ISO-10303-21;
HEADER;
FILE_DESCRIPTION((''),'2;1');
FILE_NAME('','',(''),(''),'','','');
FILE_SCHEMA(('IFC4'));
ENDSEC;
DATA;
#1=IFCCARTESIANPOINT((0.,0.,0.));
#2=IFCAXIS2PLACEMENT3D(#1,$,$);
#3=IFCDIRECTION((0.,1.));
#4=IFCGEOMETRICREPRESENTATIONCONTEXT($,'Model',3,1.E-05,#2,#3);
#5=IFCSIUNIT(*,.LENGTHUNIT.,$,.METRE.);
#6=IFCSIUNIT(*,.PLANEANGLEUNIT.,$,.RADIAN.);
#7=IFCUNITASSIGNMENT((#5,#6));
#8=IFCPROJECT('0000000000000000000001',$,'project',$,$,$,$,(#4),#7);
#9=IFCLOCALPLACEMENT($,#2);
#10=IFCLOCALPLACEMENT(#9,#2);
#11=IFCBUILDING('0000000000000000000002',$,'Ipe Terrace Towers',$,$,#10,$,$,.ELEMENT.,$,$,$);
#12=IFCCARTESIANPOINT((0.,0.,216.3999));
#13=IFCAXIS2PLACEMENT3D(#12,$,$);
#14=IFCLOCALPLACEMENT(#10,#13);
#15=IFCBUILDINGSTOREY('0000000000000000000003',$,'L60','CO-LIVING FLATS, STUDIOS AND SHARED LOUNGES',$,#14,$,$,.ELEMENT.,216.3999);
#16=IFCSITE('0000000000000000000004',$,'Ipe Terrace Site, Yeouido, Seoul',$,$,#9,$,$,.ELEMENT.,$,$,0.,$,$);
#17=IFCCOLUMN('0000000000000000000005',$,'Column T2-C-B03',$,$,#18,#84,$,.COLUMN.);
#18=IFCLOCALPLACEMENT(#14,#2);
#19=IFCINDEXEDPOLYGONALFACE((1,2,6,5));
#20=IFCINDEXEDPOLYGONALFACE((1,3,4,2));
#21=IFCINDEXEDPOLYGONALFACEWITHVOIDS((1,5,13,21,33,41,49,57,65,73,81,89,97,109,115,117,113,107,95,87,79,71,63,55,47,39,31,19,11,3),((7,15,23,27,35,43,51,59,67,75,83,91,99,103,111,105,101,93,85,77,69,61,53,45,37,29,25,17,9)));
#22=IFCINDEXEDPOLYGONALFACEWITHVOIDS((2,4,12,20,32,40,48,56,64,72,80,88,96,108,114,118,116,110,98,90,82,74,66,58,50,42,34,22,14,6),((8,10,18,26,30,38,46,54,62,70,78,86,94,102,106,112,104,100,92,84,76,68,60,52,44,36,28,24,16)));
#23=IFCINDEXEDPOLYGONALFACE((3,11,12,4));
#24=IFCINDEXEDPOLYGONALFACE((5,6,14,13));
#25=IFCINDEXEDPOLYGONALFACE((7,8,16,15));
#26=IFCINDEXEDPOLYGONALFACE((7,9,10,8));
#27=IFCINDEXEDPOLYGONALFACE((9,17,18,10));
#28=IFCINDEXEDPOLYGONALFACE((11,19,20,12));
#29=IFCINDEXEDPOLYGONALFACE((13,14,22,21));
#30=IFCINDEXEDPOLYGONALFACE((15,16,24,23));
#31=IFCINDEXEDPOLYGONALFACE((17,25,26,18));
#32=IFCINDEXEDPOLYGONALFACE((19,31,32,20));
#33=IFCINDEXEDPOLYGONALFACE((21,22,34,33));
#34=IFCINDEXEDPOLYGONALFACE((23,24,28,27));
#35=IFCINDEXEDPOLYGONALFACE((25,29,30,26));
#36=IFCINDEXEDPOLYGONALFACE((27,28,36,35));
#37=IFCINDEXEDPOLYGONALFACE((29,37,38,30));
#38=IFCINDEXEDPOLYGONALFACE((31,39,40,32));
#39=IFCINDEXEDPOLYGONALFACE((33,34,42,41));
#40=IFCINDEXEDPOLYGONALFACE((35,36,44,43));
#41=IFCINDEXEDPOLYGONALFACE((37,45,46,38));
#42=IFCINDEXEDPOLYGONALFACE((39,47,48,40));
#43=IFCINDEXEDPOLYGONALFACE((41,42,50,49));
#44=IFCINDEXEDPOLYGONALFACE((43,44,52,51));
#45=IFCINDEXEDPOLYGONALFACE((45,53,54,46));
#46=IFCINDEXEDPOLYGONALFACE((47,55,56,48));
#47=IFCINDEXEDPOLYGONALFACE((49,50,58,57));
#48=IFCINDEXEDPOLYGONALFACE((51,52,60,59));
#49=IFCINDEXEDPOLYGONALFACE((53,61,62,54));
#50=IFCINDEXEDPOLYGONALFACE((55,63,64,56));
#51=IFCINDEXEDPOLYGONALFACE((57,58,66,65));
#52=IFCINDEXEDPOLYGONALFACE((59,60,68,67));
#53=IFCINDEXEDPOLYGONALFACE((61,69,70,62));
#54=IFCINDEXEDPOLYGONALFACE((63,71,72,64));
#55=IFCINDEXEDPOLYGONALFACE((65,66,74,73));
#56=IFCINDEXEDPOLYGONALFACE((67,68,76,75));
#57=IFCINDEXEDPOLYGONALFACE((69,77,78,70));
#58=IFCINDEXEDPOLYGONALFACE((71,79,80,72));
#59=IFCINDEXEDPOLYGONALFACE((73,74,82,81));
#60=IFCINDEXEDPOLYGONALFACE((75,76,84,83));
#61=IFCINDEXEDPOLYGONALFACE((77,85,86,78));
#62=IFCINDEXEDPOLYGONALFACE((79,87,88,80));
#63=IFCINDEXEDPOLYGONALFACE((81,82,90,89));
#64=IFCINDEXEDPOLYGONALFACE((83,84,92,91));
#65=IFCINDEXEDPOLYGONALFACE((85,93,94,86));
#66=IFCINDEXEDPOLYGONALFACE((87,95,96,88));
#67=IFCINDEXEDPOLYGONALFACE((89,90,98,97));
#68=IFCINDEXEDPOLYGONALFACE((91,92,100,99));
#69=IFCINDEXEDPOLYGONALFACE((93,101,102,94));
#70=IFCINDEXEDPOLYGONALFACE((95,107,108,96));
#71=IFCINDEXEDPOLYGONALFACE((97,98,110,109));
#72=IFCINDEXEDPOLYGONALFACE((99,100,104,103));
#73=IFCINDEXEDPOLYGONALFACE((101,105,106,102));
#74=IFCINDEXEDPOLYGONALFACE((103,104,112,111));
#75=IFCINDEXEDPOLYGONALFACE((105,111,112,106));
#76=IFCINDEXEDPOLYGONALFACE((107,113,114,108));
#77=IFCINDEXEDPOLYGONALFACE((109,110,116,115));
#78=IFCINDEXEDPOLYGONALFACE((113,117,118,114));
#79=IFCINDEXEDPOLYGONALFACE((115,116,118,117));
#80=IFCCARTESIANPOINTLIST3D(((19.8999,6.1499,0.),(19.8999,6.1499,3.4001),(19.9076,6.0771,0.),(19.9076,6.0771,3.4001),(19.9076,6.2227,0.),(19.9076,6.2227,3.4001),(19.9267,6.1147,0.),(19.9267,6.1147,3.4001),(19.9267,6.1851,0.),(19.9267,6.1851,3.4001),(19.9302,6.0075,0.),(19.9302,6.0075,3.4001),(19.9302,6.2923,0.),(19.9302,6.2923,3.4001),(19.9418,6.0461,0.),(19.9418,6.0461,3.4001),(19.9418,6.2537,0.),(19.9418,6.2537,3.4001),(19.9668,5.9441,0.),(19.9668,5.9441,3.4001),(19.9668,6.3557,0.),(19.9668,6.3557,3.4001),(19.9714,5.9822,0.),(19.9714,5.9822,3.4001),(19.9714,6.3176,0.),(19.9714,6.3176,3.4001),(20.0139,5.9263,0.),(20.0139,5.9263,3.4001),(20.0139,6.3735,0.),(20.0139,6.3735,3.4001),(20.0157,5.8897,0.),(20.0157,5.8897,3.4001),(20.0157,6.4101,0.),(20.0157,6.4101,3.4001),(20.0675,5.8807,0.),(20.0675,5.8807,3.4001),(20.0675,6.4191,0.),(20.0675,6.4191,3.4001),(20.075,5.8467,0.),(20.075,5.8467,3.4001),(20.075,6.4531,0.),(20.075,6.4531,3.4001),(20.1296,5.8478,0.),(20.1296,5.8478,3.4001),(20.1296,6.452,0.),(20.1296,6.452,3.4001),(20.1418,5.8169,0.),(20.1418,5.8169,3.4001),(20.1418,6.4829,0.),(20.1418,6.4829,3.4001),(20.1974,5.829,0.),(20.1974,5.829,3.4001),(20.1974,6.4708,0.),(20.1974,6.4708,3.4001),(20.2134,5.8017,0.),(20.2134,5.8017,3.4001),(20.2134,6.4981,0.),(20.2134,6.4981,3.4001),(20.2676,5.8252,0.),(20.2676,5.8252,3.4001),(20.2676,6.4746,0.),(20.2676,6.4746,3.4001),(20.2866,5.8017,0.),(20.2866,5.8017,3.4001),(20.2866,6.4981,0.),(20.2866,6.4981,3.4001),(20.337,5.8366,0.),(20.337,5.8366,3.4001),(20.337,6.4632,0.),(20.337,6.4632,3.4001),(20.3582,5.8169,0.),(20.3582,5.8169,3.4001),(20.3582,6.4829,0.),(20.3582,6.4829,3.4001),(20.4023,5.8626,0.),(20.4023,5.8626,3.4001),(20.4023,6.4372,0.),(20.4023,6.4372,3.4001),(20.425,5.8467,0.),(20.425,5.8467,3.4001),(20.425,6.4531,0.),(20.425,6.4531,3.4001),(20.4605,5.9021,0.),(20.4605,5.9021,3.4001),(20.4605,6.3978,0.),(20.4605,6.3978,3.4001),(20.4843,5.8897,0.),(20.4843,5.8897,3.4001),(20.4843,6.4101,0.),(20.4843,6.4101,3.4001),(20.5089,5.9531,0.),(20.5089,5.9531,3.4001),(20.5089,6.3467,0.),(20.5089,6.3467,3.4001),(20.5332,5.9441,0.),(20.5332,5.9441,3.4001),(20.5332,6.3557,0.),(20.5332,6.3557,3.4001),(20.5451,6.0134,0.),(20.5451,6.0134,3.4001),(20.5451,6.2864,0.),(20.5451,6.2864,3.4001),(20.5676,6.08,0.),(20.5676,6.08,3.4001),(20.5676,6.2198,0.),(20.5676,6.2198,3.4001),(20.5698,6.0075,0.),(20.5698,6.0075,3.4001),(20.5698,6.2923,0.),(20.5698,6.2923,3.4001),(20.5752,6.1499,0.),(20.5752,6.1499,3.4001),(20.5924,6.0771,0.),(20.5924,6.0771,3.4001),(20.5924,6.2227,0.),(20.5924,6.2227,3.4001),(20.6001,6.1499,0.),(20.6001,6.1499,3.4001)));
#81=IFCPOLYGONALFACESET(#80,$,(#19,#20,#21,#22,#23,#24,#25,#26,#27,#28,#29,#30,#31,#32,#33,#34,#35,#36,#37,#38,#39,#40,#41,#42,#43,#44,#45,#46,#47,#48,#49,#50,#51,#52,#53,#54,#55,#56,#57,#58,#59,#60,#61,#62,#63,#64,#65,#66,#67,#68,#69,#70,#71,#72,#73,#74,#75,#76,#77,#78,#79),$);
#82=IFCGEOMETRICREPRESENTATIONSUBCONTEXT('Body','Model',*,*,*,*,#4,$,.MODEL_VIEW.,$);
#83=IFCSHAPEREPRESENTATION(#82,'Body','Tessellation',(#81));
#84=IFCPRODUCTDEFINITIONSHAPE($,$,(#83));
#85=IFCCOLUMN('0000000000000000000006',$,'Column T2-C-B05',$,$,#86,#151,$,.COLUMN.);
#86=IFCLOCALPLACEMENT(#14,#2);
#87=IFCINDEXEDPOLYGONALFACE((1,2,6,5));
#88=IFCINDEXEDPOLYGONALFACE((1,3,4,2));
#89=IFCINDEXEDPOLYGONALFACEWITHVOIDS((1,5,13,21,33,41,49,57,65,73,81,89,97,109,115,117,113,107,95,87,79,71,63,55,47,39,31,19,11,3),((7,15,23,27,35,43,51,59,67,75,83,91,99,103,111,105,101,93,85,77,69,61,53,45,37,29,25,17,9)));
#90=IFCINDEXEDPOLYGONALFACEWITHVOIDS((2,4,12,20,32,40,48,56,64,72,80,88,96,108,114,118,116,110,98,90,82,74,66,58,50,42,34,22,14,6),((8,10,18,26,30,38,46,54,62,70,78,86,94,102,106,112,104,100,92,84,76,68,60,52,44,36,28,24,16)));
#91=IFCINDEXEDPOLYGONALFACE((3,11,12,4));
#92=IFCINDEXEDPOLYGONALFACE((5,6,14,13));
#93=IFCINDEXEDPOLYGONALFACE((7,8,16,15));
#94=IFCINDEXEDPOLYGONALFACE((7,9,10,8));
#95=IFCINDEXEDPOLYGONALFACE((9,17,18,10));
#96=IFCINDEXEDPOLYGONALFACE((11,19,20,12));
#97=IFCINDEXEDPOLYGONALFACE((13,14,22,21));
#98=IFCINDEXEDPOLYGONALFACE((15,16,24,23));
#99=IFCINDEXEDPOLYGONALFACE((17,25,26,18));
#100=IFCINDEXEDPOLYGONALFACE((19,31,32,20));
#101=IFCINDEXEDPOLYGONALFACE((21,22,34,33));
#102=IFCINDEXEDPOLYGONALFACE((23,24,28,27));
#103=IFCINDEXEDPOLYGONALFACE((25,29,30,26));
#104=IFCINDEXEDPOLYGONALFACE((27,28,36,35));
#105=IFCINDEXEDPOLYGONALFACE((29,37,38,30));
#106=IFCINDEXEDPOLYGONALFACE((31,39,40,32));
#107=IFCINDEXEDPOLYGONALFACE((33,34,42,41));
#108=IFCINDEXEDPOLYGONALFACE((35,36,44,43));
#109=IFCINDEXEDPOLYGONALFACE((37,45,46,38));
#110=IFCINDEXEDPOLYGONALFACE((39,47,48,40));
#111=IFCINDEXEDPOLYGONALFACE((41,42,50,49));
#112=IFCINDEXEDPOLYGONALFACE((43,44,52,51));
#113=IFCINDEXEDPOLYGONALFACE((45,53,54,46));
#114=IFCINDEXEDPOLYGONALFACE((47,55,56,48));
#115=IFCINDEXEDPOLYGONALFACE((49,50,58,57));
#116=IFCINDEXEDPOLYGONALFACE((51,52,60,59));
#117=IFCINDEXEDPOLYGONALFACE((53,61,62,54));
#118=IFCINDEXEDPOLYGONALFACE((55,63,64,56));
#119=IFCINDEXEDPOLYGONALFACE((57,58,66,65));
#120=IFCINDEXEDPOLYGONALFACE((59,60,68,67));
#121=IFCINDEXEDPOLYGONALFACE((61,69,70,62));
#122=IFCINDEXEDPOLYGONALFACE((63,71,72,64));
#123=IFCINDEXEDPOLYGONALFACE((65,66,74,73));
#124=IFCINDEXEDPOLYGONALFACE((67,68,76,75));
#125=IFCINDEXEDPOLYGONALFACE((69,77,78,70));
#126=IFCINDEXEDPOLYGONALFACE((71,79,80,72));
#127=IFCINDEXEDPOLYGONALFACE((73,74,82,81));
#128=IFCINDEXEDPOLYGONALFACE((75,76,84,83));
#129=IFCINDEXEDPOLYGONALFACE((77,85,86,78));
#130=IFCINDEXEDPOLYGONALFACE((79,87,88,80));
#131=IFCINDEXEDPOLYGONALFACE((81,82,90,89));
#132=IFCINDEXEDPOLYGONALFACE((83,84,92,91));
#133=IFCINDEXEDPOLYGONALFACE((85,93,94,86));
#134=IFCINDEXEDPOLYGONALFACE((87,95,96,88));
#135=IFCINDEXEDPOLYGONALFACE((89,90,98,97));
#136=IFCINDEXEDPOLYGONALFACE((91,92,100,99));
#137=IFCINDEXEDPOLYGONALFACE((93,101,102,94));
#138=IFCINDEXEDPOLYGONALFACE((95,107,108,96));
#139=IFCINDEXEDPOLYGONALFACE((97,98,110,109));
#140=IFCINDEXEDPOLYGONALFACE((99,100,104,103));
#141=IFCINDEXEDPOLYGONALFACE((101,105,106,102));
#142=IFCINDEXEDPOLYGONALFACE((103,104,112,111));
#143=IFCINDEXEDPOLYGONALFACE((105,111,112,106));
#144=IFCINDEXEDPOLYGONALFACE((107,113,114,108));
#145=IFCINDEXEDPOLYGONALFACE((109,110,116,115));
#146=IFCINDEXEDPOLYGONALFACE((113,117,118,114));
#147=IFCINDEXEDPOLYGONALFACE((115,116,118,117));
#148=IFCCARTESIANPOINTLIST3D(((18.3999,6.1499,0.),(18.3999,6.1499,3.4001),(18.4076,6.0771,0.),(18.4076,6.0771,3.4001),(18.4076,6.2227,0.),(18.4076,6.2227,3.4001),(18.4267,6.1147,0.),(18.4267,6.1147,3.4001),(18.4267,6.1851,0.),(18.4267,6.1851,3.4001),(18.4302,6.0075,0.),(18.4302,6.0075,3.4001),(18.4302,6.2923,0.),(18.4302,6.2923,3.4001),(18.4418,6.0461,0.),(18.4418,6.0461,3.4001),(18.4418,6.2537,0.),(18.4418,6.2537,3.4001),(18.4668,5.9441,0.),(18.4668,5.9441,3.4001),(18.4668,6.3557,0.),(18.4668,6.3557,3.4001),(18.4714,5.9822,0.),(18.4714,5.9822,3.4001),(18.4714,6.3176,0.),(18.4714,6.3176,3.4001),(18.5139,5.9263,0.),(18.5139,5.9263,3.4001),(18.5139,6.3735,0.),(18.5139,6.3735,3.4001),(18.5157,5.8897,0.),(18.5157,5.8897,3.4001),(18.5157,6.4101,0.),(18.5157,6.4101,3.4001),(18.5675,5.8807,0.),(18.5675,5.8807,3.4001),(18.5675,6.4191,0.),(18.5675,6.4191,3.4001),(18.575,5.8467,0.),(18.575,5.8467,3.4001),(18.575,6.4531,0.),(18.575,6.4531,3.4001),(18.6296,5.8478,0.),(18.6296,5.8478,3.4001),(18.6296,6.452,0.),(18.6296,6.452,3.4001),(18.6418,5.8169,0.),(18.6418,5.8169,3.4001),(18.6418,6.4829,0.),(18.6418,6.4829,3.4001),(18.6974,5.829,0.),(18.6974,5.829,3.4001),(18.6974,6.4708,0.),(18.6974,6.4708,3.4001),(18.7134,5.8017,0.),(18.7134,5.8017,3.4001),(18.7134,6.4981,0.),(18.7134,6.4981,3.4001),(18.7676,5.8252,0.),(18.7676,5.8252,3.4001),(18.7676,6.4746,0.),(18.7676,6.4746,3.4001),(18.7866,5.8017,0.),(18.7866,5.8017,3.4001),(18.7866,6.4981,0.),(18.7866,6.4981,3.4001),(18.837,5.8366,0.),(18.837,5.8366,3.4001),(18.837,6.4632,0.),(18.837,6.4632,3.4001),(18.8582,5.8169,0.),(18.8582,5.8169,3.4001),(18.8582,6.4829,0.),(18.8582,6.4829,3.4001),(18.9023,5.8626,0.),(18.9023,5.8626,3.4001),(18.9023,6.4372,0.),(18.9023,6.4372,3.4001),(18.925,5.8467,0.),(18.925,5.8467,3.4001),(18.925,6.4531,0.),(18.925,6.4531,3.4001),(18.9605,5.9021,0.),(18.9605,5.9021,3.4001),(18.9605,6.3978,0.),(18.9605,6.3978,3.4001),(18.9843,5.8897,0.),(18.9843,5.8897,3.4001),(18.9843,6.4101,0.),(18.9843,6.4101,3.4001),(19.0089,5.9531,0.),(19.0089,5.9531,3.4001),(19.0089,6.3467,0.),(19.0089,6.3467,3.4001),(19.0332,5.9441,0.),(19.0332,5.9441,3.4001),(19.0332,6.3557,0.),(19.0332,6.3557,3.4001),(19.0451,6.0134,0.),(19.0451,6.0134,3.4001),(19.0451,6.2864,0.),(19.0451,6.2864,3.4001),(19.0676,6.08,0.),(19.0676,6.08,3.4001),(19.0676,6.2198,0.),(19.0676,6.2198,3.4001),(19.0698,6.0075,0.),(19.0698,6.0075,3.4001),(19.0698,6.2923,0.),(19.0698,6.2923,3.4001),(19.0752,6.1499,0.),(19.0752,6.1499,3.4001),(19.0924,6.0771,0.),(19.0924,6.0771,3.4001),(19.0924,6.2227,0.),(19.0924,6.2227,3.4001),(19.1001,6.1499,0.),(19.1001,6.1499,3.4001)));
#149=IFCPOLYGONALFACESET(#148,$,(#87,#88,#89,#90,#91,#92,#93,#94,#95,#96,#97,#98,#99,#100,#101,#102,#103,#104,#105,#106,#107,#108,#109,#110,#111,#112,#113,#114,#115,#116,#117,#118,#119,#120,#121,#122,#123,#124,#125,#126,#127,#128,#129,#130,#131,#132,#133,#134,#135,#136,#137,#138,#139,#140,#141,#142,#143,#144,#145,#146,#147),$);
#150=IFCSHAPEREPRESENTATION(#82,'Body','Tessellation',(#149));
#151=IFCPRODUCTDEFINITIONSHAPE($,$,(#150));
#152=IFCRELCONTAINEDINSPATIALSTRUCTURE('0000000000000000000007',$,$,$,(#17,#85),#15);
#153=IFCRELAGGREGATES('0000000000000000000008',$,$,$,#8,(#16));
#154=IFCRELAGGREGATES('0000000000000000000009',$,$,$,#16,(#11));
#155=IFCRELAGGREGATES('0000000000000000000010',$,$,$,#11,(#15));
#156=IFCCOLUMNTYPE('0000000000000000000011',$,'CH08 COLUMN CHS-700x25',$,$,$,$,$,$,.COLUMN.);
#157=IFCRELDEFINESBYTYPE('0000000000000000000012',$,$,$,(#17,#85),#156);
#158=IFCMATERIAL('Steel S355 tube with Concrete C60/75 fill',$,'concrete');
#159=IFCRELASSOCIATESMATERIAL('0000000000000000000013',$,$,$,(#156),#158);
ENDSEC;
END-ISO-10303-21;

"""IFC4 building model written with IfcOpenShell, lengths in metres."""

from ifc_helpers import new_model, si_unit, direction, frame, origin, origin_2d, place, context, subcontext, project, spatial, hollow_circle, extrude, material, material_profile, profile_set, type_object, element, save


model = new_model("IFC4")

# Units and contexts
model_context = context("Model", 3, precision=1e-05, world=origin(), true_north=direction((0.0, 1.0)))
body_context = subcontext(model_context, "Body", "Model", "MODEL_VIEW")
ifc_project = project(units=[si_unit("LENGTHUNIT", "METRE"), si_unit("PLANEANGLEUNIT", "RADIAN")], contexts=[model_context])

# Site, building, storey
site_placement = place(None, origin())
site = spatial("IfcSite", under=ifc_project, at=site_placement, Name="Ipe Terrace Site, Yeouido, Seoul", CompositionType="ELEMENT", RefElevation=0.0)
building_placement = place(site_placement, origin())
building = spatial("IfcBuilding", under=site, at=building_placement, Name="Ipe Terrace Towers", CompositionType="ELEMENT")
storey_placement = place(building_placement, frame((0.0, 0.0, 216.3999)))
storey = spatial("IfcBuildingStorey", under=building, at=storey_placement, Name="L60", Description="CO-LIVING FLATS, STUDIOS AND SHARED LOUNGES", CompositionType="ELEMENT", Elevation=216.3999)

# Columns
ifc_material_1 = material(Name="Steel S355 tube with Concrete C60/75 fill", Category="concrete")
ifc_material_profile_1 = material_profile(ifc_material_1, hollow_circle(Radius=0.3501, WallThickness=0.0249, at=origin_2d()), Name="CHS-700x25")
ifc_profile_set_1 = profile_set([ifc_material_profile_1], Name="Steel S355 tube with Concrete C60/75 fill")
column_type = type_object("IfcColumnType", Name="CH08 COLUMN CHS-700x25", PredefinedType="COLUMN", material=ifc_profile_set_1)
for number, where, z_axis, x_axis, name in (
    (1, (20.25, 6.1499, 0.0), (0.0, 0.0, 1.0), (1.0, 0.0, 0.0), "Column T2-C-B03"),
    (2, (18.75, 6.1499, 0.0), (0.0, 0.0, 1.0), (1.0, 0.0, 0.0), "Column T2-C-B05"),
):
    element("IfcColumn", number, at=place(storey_placement, frame(where, z_axis=z_axis, x_axis=x_axis)), inside=storey, type_object=column_type, Name=name, PredefinedType="COLUMN", context=body_context, shape_type="SweptSolid", body=[
        extrude(hollow_circle(Radius=0.3501, WallThickness=0.0249, at=origin_2d()), origin(), (0.0, 0.0, 1.0), 3.4001),
    ])

save(model, "model.ifc")
